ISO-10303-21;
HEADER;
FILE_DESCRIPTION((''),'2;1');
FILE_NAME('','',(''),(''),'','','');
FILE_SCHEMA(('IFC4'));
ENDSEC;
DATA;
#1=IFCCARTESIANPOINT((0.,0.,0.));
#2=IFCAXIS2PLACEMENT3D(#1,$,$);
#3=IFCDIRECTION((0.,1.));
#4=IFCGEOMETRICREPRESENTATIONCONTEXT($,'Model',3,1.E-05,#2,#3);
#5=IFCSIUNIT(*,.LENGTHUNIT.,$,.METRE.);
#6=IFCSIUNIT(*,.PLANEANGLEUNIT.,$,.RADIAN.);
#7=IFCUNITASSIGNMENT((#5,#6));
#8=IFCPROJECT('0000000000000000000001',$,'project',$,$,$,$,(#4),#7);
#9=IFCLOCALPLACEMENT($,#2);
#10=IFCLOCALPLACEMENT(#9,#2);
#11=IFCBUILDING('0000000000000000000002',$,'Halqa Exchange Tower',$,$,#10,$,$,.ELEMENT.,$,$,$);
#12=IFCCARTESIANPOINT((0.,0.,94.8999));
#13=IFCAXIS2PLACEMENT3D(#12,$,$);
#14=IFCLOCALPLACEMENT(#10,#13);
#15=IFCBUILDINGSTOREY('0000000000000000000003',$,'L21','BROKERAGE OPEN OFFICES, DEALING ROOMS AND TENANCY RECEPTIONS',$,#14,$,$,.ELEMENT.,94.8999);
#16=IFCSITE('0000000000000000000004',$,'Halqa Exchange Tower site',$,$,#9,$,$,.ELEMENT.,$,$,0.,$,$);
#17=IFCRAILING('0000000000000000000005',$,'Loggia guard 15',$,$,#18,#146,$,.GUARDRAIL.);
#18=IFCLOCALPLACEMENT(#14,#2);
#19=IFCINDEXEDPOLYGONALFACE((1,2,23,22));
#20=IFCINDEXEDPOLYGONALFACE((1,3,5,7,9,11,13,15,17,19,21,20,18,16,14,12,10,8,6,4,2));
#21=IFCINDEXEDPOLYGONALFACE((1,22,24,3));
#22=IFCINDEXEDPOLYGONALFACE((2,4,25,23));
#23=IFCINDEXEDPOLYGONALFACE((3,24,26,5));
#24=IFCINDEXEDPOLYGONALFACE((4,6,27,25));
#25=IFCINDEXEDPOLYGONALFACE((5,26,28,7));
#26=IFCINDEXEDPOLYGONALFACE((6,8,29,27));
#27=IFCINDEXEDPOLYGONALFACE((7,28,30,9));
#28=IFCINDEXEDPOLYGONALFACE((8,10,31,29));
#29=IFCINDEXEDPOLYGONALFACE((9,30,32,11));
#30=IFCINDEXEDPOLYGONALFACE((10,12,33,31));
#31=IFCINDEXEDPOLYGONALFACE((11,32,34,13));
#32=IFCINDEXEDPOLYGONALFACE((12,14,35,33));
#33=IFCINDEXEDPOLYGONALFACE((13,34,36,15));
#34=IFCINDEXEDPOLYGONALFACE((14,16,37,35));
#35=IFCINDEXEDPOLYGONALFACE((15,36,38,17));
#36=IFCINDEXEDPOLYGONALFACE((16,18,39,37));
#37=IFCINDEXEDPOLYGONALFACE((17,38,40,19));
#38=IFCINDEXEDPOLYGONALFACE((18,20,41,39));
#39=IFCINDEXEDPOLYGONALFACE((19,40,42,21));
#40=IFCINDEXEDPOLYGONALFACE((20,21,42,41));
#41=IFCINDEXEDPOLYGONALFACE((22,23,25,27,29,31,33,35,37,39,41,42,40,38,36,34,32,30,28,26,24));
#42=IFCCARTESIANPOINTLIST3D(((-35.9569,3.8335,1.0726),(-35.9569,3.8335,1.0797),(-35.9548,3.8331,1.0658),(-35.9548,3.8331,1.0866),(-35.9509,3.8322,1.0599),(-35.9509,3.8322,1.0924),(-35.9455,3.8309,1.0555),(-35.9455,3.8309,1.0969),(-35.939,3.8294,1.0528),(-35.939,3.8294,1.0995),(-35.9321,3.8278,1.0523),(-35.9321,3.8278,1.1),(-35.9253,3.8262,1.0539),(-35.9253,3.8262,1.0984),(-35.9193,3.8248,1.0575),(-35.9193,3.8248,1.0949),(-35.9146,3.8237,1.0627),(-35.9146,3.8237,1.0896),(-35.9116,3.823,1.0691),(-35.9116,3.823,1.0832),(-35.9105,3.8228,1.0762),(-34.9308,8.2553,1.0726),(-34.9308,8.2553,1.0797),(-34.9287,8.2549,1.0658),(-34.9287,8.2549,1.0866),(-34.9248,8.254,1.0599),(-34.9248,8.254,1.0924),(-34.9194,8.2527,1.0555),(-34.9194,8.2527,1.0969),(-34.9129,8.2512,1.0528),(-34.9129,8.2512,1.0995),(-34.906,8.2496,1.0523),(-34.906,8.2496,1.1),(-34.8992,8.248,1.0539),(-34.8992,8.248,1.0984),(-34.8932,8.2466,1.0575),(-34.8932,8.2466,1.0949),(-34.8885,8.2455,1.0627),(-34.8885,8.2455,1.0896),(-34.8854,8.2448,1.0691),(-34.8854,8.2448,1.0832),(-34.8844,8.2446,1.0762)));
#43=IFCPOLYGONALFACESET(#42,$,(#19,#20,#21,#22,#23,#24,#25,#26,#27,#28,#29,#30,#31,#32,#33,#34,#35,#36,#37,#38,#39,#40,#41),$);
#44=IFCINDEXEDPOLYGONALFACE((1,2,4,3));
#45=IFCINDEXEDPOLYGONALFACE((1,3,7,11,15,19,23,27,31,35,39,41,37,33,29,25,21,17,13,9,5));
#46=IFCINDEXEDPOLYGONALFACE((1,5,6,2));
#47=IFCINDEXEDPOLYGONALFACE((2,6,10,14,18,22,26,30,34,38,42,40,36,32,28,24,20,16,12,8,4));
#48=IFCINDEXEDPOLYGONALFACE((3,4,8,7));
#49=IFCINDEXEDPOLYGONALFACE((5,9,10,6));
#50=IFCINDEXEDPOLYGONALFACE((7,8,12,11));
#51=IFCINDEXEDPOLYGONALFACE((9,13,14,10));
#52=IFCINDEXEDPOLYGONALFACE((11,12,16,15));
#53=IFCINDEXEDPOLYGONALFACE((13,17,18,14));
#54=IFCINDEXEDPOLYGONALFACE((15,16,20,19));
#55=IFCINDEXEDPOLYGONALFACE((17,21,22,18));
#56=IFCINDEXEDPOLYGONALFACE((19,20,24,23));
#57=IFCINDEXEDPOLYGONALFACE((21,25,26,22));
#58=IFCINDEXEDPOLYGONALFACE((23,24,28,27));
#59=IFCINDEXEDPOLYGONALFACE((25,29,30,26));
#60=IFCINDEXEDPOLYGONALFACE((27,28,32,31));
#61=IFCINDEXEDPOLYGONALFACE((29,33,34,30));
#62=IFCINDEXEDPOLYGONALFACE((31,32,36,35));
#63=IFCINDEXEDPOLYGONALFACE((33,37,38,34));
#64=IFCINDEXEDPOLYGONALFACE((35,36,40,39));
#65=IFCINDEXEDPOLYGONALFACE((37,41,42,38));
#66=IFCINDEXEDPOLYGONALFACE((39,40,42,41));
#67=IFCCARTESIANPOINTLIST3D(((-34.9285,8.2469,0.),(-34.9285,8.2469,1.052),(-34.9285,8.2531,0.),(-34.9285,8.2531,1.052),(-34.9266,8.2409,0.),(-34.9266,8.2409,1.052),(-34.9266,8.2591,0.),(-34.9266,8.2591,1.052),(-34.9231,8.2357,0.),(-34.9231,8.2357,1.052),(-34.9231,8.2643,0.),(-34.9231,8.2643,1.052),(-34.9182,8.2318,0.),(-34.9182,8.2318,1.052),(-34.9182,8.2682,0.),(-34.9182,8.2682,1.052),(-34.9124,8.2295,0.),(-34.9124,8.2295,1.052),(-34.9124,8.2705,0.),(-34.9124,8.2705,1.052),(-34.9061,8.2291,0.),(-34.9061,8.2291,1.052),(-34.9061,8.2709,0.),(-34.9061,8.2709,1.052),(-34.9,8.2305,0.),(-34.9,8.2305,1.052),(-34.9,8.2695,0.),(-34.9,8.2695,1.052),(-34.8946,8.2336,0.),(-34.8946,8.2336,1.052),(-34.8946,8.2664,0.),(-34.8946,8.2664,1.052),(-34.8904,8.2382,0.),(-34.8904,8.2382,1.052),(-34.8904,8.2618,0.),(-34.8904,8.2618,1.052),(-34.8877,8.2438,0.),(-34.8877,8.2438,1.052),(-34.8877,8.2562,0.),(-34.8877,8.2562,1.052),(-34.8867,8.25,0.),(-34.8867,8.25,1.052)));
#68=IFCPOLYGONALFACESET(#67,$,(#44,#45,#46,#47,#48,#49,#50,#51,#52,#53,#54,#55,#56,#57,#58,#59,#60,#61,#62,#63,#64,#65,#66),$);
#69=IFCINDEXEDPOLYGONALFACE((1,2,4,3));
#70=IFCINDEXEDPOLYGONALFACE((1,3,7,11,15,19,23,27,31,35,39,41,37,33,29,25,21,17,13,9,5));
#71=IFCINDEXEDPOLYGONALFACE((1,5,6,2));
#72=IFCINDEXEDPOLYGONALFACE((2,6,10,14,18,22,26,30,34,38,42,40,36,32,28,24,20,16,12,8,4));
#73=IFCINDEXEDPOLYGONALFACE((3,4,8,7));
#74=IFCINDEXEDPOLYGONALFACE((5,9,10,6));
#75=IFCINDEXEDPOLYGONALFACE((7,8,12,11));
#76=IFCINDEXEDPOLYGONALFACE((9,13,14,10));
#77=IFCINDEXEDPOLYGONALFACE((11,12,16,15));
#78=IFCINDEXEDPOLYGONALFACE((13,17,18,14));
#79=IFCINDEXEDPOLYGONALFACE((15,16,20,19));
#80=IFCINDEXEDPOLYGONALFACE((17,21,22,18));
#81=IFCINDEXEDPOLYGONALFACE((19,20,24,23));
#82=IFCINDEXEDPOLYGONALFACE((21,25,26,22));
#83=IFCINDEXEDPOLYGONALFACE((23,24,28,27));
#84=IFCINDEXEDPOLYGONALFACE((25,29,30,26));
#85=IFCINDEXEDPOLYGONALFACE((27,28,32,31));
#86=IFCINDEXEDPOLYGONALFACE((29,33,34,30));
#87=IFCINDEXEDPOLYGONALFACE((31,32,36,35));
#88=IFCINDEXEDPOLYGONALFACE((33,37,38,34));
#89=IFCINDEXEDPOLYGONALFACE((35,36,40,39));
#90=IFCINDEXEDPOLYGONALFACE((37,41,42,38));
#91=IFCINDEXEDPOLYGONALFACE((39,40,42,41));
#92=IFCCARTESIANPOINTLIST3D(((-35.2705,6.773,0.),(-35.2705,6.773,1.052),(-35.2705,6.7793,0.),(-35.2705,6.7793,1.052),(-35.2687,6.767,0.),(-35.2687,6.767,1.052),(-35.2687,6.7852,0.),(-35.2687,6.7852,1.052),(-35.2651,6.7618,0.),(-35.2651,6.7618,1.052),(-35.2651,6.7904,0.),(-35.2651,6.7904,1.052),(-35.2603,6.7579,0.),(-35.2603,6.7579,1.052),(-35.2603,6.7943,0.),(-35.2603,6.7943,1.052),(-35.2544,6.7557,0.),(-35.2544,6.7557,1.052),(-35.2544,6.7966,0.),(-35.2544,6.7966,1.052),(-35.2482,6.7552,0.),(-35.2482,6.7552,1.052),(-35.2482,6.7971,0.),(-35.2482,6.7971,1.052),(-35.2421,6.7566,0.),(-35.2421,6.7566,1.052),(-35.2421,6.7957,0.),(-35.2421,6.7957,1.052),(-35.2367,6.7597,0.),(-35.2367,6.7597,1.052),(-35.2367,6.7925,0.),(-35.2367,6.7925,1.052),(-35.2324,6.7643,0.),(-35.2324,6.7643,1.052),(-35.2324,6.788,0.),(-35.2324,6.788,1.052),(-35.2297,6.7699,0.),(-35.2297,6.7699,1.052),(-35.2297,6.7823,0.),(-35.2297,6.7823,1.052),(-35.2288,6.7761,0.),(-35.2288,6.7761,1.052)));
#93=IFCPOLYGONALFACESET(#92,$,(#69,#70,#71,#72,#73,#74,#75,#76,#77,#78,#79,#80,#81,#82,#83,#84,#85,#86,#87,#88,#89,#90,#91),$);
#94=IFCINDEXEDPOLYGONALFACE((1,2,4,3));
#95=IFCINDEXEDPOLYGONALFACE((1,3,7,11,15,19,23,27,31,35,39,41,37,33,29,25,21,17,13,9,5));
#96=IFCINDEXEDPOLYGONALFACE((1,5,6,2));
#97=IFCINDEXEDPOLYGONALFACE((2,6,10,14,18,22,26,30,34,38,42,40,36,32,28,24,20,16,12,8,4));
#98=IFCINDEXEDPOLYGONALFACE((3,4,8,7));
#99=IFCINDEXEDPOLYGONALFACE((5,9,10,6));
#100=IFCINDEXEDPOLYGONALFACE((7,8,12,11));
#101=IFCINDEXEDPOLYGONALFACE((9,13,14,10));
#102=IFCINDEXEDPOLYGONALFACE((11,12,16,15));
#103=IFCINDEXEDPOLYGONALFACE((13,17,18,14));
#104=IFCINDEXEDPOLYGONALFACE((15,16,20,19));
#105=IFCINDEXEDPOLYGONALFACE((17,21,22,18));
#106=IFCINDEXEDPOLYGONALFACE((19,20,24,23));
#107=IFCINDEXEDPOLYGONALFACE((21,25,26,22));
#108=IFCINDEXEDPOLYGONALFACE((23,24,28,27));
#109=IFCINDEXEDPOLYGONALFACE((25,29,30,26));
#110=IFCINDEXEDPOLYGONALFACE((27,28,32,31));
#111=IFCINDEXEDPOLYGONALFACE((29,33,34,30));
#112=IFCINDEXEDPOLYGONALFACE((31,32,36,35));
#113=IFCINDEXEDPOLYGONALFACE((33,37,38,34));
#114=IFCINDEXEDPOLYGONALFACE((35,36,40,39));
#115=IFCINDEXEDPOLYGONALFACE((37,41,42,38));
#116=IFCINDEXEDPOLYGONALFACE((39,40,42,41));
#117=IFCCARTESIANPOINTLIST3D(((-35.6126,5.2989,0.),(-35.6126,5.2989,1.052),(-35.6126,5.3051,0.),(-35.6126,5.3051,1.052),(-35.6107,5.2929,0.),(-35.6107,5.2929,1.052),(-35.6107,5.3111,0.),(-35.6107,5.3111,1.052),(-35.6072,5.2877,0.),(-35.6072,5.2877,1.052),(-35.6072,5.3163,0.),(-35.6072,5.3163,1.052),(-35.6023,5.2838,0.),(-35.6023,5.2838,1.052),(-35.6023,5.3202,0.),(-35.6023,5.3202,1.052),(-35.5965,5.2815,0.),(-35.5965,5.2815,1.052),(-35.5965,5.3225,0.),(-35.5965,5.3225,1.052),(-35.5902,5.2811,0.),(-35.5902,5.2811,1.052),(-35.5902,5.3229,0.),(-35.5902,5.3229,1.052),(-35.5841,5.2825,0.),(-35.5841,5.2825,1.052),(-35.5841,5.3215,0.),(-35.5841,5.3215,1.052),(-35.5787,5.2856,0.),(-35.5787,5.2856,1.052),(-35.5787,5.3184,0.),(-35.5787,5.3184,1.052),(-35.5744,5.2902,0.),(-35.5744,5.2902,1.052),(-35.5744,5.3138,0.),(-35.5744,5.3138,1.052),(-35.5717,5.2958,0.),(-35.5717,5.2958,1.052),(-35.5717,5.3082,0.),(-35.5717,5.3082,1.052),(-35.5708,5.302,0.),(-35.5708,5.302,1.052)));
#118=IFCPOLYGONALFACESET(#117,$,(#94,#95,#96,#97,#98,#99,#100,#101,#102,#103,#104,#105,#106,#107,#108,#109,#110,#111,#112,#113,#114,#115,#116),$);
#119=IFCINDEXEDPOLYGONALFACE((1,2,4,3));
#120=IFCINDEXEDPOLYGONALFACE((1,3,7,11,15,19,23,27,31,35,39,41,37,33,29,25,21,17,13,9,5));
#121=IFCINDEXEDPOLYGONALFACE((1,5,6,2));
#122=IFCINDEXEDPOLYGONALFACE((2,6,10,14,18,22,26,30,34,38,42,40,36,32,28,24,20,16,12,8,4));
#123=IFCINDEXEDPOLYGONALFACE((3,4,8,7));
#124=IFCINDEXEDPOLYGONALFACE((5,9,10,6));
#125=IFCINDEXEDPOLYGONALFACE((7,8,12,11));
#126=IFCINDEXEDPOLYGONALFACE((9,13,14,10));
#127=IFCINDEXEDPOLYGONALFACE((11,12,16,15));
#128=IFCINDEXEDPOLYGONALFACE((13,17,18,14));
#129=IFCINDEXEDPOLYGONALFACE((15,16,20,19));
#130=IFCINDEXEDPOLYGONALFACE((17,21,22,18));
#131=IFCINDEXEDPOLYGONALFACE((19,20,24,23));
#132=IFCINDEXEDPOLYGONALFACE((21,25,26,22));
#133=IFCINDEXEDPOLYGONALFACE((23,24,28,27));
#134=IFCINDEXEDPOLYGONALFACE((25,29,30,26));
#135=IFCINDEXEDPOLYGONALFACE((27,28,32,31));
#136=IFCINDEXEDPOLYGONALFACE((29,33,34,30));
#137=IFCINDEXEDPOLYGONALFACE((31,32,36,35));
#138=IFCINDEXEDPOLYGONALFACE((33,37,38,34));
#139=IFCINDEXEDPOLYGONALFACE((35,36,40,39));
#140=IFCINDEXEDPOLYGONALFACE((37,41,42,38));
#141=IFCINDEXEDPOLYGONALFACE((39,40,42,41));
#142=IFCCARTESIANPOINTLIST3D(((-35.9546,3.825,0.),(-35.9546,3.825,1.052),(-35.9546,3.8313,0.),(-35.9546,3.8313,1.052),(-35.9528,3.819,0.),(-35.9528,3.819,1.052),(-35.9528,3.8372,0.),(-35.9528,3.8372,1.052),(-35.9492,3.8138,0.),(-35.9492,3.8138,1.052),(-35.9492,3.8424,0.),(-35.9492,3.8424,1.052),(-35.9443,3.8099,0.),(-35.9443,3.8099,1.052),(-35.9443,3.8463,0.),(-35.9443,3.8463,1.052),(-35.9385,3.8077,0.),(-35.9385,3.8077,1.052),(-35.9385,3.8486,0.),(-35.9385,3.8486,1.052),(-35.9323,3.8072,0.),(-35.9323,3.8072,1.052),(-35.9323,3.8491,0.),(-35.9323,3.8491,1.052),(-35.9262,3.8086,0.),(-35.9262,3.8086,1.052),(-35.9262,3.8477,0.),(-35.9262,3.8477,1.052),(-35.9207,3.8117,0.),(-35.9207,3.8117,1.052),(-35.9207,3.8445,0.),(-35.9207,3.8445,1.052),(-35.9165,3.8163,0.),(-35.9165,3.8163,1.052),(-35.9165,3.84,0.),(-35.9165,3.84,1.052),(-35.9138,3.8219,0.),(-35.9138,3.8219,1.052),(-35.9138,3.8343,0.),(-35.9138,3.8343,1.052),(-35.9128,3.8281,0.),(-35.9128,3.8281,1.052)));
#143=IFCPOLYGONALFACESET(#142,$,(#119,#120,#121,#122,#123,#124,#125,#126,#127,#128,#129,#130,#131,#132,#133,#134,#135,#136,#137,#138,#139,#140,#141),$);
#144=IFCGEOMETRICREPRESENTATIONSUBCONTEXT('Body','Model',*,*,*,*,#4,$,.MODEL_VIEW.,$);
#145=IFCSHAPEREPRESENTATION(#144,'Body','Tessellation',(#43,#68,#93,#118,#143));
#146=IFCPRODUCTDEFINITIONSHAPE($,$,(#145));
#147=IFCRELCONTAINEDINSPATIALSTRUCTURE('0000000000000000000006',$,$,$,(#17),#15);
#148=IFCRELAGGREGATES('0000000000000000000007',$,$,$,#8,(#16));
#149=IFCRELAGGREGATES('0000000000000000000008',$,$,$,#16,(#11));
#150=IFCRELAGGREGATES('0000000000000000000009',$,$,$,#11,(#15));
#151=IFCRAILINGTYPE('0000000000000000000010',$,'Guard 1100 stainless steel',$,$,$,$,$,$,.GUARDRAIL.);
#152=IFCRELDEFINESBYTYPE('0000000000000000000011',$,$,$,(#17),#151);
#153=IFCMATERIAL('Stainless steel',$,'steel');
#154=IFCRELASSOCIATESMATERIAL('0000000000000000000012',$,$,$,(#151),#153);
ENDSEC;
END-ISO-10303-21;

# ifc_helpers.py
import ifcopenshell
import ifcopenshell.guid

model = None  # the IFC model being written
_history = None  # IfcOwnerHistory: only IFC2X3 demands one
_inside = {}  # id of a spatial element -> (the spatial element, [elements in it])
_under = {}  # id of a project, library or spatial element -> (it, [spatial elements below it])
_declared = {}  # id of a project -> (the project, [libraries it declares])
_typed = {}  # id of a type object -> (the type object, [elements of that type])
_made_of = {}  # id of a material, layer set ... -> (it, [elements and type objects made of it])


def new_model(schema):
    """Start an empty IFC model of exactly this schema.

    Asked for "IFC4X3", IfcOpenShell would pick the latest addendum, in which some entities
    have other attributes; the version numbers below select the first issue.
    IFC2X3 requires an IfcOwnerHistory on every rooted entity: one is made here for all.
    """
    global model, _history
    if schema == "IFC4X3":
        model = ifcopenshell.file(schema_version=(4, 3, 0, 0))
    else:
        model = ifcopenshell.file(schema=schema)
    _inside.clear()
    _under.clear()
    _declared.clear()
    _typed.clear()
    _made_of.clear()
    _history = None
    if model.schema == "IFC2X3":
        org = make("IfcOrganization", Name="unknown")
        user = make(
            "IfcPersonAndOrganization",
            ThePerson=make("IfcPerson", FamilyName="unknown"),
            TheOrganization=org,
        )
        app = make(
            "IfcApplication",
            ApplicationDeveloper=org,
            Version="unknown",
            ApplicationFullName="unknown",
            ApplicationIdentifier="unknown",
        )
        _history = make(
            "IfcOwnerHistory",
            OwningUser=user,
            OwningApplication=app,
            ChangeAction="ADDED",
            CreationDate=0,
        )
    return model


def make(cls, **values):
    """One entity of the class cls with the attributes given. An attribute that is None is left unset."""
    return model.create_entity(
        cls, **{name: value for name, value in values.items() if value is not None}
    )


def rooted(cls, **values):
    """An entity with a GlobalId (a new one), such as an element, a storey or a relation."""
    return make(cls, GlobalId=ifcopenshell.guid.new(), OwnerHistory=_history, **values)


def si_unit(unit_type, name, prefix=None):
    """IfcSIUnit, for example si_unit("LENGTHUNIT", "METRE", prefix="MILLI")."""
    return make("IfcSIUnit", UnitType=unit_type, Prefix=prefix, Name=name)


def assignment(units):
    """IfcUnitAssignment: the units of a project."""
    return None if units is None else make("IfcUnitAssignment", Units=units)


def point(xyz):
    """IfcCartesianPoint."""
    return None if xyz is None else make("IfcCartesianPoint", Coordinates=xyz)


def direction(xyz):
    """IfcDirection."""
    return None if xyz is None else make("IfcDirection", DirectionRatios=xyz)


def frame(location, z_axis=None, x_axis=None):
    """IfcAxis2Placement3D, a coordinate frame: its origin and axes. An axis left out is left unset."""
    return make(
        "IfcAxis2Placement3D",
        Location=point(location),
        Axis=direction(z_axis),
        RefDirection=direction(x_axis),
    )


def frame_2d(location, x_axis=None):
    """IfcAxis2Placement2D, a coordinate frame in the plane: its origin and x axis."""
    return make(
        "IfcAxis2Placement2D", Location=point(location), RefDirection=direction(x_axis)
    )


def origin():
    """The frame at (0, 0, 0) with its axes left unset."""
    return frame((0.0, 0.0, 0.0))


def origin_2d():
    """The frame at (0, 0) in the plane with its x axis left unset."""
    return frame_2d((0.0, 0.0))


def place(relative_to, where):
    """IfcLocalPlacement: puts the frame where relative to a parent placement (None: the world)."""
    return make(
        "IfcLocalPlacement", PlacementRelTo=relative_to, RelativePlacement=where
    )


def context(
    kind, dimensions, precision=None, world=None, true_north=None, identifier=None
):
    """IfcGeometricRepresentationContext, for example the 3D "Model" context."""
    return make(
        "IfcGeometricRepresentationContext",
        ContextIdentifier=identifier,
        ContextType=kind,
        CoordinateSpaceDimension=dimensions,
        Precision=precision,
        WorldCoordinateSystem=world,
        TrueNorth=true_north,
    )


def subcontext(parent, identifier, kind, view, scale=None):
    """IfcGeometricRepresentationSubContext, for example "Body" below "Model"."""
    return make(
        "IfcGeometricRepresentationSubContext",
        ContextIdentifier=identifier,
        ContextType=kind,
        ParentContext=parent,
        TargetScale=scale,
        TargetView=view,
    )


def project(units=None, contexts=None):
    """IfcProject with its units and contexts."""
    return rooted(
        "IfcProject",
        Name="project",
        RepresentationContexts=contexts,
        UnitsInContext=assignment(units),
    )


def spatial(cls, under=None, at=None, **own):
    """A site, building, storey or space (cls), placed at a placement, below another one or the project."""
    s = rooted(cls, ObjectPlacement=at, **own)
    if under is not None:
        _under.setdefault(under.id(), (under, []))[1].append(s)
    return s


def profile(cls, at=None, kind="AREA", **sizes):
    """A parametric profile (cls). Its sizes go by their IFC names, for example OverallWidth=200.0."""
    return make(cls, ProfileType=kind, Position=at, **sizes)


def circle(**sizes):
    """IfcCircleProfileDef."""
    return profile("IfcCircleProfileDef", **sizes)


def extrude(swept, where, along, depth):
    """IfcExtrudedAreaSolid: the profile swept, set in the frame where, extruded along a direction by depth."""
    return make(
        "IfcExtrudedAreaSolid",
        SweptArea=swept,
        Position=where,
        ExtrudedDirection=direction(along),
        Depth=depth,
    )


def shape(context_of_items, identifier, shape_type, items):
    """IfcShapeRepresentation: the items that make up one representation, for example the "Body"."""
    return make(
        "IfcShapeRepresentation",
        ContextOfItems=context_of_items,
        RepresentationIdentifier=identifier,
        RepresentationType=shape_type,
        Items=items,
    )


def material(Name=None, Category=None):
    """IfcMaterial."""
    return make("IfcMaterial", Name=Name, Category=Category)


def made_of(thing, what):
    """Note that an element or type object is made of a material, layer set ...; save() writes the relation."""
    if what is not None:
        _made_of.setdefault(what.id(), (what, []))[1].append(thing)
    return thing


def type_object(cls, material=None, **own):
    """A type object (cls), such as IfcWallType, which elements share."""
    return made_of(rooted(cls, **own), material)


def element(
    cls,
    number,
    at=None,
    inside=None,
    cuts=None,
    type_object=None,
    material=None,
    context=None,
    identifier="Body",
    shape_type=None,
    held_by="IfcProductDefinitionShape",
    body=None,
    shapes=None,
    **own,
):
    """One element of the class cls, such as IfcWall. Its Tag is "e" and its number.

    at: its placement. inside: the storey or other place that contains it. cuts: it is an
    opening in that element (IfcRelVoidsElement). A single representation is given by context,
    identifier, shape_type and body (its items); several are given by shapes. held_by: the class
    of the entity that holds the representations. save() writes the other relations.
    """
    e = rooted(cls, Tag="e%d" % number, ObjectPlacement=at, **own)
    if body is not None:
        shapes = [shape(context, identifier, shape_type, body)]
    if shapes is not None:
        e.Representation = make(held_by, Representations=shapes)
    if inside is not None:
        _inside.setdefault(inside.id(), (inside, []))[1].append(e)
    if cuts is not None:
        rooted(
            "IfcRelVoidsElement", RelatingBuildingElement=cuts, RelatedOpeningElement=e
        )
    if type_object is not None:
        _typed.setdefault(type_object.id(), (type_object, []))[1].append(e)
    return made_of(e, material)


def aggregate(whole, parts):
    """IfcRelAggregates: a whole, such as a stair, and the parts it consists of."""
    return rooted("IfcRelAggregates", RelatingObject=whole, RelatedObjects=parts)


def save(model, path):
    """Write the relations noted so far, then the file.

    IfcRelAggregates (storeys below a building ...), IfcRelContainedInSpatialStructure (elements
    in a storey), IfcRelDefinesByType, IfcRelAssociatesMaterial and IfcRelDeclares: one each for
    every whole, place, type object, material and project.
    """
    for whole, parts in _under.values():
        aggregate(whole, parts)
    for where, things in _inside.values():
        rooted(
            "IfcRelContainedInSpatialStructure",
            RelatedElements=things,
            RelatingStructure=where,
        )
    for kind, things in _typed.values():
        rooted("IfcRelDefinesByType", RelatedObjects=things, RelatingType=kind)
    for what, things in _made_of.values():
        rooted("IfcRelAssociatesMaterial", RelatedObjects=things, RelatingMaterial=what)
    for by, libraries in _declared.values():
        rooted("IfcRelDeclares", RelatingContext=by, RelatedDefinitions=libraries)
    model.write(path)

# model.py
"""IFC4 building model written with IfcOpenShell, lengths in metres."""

from ifc_helpers import new_model, si_unit, direction, frame, origin, origin_2d, place, context, subcontext, project, spatial, circle, extrude, material, type_object, element, save


model = new_model("IFC4")

# Units and contexts
model_context = context("Model", 3, precision=1e-05, world=origin(), true_north=direction((0.0, 1.0)))
body_context = subcontext(model_context, "Body", "Model", "MODEL_VIEW")
ifc_project = project(units=[si_unit("LENGTHUNIT", "METRE"), si_unit("PLANEANGLEUNIT", "RADIAN")], contexts=[model_context])

# Site, building, storey
site_placement = place(None, origin())
site = spatial("IfcSite", under=ifc_project, at=site_placement, Name="Halqa Exchange Tower site", CompositionType="ELEMENT", RefElevation=0.0)
building_placement = place(site_placement, origin())
building = spatial("IfcBuilding", under=site, at=building_placement, Name="Halqa Exchange Tower", CompositionType="ELEMENT")
storey_placement = place(building_placement, frame((0.0, 0.0, 94.8999)))
storey = spatial("IfcBuildingStorey", under=building, at=storey_placement, Name="L21", Description="BROKERAGE OPEN OFFICES, DEALING ROOMS AND TENANCY RECEPTIONS", CompositionType="ELEMENT", Elevation=94.8999)

# Railing
ifc_material_1 = material(Name="Stainless steel", Category="steel")
railing_type = type_object("IfcRailingType", Name="Guard 1100 stainless steel", PredefinedType="GUARDRAIL", material=ifc_material_1)
railing_1_placement = place(storey_placement, frame((-34.9077, 8.25, 0.0)))
element("IfcRailing", 1, at=railing_1_placement, inside=storey, type_object=railing_type, Name="Loggia guard 15", PredefinedType="GUARDRAIL", context=body_context, shape_type="SweptSolid", body=[
    extrude(circle(Radius=0.0239, at=origin_2d()), frame((0.0, 0.0, 1.0762), z_axis=(-0.22605, -0.974116, 0.0), x_axis=(0.974116, -0.22605, 0.0)), (0.0, 0.0, 1.0), 4.5393),
    extrude(circle(Radius=0.021, at=origin_2d()), origin(), (0.0, 0.0, 1.0), 1.052),
    extrude(circle(Radius=0.021, at=origin_2d()), frame((-0.342, -1.4739, 0.0)), (0.0, 0.0, 1.0), 1.052),
    extrude(circle(Radius=0.021, at=origin_2d()), frame((-0.6841, -2.948, 0.0)), (0.0, 0.0, 1.0), 1.052),
    extrude(circle(Radius=0.021, at=origin_2d()), frame((-1.0261, -4.4219, 0.0)), (0.0, 0.0, 1.0), 1.052),
])

save(model, "model.ifc")
